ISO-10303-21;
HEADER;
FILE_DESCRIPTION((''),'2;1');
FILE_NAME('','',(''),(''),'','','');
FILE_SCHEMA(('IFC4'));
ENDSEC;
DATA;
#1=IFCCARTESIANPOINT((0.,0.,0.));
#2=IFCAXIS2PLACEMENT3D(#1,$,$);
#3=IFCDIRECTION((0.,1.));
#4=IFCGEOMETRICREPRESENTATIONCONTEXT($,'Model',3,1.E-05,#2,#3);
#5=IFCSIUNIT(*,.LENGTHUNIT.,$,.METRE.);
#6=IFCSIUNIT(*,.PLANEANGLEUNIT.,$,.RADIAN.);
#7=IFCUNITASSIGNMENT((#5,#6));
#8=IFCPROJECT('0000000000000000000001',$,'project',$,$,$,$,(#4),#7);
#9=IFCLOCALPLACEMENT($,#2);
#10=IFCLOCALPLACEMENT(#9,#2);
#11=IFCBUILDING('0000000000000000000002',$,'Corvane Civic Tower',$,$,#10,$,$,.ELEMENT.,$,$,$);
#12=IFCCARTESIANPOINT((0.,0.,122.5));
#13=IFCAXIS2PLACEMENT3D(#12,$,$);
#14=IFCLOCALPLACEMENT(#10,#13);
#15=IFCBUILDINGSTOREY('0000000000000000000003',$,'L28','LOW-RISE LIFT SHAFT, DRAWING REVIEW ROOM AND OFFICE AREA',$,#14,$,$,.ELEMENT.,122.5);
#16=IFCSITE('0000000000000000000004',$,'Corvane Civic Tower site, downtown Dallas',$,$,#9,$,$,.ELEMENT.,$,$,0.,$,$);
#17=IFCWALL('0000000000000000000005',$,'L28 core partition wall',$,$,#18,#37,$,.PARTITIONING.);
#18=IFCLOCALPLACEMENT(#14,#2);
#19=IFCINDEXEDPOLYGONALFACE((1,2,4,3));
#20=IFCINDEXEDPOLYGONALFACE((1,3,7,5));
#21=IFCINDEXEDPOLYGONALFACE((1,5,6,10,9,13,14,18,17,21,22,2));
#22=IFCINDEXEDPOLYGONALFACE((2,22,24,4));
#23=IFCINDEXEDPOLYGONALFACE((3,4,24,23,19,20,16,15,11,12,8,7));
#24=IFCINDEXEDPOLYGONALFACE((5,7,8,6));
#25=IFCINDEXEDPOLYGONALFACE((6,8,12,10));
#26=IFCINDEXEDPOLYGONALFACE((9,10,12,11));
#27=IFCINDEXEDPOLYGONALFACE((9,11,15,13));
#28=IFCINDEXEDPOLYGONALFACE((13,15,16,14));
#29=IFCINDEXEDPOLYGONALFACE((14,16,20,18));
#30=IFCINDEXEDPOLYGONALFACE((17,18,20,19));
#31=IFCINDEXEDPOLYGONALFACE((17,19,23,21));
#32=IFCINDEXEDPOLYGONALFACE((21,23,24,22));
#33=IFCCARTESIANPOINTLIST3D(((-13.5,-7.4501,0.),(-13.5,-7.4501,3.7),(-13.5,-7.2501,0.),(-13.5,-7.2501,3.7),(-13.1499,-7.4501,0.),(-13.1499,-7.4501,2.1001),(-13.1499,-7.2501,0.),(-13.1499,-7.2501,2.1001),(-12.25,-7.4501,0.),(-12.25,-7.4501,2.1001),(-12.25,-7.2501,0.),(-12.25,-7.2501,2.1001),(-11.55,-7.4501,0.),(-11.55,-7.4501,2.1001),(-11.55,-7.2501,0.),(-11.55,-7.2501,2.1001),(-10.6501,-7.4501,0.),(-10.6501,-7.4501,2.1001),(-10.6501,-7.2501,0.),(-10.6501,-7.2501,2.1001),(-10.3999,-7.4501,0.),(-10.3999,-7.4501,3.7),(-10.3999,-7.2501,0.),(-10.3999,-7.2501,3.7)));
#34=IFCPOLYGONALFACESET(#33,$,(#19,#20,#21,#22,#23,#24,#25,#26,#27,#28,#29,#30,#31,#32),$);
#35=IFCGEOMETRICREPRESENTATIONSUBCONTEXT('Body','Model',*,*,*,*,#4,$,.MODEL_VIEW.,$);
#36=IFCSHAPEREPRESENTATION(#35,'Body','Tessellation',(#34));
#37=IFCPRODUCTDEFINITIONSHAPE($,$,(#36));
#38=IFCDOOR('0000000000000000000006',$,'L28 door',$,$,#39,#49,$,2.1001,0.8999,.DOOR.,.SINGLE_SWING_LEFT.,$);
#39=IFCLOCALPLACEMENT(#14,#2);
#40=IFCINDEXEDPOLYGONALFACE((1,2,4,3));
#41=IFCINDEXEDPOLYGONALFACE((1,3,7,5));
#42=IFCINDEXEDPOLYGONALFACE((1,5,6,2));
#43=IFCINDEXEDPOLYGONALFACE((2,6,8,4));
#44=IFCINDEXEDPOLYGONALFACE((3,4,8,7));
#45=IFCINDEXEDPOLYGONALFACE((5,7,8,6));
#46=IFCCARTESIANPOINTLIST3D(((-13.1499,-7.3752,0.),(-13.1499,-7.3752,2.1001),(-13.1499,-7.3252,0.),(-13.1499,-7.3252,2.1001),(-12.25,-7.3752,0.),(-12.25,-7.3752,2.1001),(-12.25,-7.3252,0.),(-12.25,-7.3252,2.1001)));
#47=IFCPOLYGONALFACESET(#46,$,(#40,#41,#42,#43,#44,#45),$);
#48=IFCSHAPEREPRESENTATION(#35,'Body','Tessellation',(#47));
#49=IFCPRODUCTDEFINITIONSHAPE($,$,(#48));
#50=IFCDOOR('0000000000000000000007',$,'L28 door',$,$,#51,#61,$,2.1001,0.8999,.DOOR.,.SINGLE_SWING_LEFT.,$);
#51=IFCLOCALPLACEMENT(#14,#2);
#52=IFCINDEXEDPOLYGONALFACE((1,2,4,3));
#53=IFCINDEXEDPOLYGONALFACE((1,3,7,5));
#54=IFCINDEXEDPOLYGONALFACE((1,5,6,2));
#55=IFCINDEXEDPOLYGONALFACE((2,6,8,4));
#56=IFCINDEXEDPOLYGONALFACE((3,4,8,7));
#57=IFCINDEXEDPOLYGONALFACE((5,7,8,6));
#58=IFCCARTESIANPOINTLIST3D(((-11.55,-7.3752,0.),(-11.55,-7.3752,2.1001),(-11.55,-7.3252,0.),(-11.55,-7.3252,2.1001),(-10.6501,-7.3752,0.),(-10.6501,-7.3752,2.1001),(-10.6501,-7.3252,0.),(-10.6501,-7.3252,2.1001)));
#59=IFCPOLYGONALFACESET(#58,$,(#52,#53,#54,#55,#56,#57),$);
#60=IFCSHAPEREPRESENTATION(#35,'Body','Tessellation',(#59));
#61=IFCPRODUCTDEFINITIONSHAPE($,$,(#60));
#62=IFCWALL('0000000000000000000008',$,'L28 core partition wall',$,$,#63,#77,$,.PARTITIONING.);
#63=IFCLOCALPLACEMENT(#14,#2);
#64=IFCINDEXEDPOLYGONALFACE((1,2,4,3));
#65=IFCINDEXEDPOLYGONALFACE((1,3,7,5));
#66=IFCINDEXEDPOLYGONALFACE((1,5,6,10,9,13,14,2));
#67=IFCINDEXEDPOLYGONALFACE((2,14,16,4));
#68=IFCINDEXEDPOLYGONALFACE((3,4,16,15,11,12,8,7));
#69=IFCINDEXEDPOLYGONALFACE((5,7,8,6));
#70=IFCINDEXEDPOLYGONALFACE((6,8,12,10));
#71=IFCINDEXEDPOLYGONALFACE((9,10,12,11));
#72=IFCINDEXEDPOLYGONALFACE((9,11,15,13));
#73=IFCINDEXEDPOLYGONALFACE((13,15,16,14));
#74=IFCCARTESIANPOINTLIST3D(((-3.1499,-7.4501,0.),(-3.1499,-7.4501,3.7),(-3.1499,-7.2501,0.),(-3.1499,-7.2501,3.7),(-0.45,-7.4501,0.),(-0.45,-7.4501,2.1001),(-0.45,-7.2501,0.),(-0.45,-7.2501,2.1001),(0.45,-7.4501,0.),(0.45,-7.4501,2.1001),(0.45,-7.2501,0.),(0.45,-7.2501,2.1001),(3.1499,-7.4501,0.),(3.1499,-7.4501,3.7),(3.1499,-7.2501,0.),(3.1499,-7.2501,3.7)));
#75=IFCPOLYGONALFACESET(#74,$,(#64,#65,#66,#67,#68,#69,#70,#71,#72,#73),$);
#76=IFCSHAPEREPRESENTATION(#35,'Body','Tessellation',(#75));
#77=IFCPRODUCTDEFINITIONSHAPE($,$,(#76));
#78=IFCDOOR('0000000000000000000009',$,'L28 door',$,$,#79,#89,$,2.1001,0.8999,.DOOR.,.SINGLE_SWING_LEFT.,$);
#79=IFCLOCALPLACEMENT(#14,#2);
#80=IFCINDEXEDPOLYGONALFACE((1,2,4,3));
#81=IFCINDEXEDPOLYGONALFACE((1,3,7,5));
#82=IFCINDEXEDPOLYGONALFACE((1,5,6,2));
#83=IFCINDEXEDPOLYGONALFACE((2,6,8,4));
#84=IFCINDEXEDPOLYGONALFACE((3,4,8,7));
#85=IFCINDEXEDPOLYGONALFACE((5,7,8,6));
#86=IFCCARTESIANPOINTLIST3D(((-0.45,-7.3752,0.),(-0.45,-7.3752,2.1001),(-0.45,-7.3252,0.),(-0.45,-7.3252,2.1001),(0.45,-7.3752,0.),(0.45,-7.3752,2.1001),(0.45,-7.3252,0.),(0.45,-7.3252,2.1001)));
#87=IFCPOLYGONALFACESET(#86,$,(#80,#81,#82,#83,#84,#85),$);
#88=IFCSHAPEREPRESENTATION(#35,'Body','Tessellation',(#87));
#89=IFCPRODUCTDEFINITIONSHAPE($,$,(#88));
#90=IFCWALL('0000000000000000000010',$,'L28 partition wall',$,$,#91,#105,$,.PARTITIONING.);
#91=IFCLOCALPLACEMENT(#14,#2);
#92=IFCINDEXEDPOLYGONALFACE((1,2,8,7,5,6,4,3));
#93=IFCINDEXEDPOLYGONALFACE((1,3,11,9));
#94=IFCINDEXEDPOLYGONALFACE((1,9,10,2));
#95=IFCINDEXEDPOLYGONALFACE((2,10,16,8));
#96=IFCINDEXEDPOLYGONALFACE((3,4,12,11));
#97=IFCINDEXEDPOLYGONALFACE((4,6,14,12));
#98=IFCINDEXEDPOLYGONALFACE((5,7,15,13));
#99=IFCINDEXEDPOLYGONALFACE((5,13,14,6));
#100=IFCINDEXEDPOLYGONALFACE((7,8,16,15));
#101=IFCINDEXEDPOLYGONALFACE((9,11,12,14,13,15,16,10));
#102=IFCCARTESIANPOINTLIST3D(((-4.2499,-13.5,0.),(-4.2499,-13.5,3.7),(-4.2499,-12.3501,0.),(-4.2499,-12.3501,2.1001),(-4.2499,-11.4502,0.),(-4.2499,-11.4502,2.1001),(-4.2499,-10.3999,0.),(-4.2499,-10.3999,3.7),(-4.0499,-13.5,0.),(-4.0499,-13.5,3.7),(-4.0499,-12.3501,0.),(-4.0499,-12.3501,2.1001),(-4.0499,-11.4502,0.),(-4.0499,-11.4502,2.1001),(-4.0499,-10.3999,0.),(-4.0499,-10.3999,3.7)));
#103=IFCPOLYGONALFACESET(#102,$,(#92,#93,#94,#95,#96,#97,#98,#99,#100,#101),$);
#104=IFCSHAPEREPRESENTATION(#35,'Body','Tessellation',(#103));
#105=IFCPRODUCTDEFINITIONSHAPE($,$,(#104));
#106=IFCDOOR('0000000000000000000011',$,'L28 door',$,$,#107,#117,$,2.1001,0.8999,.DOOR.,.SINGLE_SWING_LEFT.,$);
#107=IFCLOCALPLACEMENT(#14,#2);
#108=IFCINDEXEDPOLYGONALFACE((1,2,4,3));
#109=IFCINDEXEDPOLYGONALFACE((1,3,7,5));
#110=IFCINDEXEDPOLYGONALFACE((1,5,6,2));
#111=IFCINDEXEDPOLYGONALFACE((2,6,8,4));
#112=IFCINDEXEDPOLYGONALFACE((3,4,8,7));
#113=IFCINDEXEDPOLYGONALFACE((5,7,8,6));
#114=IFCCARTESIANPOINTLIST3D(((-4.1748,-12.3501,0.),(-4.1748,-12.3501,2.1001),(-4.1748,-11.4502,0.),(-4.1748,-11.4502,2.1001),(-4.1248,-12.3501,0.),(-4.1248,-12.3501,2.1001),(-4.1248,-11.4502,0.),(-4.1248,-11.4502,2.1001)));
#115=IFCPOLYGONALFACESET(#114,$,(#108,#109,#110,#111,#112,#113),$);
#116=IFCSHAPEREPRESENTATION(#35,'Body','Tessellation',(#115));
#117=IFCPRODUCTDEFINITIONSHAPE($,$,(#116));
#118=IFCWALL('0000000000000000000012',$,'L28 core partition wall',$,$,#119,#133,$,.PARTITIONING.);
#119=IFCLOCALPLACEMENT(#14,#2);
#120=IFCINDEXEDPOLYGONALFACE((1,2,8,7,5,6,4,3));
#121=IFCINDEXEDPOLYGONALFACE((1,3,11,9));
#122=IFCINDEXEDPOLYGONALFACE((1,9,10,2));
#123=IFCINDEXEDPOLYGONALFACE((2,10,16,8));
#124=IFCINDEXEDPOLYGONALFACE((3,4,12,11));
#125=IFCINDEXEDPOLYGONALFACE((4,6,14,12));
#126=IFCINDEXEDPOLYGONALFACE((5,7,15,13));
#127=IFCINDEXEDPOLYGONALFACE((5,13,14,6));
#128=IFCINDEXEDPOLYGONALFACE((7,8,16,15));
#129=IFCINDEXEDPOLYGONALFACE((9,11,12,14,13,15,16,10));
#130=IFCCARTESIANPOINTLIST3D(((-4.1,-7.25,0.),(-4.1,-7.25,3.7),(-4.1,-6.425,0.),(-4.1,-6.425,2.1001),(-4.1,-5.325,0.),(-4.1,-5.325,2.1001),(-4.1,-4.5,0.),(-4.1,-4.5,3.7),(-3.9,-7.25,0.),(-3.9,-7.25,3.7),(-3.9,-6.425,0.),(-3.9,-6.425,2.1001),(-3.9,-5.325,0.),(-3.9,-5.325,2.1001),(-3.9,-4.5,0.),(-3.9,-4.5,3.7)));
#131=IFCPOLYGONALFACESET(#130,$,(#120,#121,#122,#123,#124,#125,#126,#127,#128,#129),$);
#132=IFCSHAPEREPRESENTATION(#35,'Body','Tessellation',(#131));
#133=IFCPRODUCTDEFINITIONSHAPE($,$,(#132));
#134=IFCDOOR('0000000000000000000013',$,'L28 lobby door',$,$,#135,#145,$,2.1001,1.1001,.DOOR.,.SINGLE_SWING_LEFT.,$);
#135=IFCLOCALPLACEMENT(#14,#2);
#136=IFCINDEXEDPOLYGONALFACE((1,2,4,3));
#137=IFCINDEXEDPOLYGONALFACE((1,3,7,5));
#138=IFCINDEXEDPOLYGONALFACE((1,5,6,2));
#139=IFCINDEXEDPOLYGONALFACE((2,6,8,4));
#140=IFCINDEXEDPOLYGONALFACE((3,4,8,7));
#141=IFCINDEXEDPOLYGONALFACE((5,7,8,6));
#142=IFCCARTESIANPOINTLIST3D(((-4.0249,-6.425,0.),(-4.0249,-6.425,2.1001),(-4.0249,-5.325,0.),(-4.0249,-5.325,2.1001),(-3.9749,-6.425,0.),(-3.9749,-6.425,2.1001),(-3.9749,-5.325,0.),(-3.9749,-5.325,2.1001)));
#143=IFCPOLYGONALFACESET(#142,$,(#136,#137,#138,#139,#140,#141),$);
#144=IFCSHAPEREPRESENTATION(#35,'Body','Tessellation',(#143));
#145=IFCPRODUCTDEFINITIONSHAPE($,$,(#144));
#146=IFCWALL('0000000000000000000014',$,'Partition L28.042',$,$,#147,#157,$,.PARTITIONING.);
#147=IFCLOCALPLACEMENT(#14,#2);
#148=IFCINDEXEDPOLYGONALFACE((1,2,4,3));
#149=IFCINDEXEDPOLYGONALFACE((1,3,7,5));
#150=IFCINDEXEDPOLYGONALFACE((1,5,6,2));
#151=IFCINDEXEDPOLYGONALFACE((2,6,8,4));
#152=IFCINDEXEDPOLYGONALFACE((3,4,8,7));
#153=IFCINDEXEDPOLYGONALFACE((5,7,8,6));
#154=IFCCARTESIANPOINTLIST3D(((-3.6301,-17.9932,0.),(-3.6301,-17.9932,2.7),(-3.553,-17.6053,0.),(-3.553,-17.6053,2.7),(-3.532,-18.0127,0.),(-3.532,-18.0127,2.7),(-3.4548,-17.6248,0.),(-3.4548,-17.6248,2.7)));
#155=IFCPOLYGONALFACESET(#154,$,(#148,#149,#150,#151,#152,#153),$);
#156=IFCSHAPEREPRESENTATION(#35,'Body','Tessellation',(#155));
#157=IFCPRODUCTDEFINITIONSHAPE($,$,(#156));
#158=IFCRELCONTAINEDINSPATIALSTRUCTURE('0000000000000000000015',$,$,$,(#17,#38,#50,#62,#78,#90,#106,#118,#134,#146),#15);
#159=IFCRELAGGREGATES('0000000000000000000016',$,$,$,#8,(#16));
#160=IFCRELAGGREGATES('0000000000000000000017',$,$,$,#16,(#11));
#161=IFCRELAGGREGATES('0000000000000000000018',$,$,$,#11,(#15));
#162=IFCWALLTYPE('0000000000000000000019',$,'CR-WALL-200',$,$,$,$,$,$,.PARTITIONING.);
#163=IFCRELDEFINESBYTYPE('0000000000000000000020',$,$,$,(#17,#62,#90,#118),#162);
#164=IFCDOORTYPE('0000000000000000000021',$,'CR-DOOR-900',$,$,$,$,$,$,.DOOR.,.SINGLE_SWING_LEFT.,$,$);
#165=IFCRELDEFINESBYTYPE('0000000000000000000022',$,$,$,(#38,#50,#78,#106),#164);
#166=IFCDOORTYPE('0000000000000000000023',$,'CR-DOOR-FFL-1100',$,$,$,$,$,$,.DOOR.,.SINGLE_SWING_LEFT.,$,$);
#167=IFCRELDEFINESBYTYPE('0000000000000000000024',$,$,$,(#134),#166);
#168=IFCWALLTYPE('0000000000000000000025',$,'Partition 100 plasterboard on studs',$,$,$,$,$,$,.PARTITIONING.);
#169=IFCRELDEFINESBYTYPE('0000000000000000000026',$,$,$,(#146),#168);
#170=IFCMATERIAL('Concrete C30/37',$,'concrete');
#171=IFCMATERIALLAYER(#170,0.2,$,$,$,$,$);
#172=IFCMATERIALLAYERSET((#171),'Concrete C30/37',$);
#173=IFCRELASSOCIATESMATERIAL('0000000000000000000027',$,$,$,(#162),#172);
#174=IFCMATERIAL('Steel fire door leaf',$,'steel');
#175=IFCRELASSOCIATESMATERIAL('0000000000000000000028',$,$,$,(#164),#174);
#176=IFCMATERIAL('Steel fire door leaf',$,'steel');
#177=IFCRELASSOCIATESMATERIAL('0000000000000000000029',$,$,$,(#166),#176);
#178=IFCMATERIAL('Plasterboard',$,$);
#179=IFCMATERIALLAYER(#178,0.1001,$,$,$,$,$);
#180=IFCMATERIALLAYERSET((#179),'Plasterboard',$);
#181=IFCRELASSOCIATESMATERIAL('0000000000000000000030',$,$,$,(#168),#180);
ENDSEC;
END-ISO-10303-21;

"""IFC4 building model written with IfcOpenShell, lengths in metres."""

from ifc_helpers import new_model, si_unit, direction, frame, frame_2d, origin, place, context, subcontext, project, spatial, rectangle, extrude, material, layer, layer_set, type_object, element, fill, save


model = new_model("IFC4")

# Units and contexts
model_context = context("Model", 3, precision=1e-05, world=origin(), true_north=direction((0.0, 1.0)))
body_context = subcontext(model_context, "Body", "Model", "MODEL_VIEW")
ifc_project = project(units=[si_unit("LENGTHUNIT", "METRE"), si_unit("PLANEANGLEUNIT", "RADIAN")], contexts=[model_context])

# Site, building, storey
site_placement = place(None, origin())
site = spatial("IfcSite", under=ifc_project, at=site_placement, Name="Corvane Civic Tower site, downtown Dallas", CompositionType="ELEMENT", RefElevation=0.0)
building_placement = place(site_placement, origin())
building = spatial("IfcBuilding", under=site, at=building_placement, Name="Corvane Civic Tower", CompositionType="ELEMENT")
storey_placement = place(building_placement, frame((0.0, 0.0, 122.5)))
storey = spatial("IfcBuildingStorey", under=building, at=storey_placement, Name="L28", Description="LOW-RISE LIFT SHAFT, DRAWING REVIEW ROOM AND OFFICE AREA", CompositionType="ELEMENT", Elevation=122.5)

# Shared definitions
ifc_material_1 = material(Name="Concrete C30/37", Category="concrete")
ifc_layer_1 = layer(ifc_material_1, 0.2)
ifc_layer_set_1 = layer_set([ifc_layer_1], Name="Concrete C30/37")
wall_type_1 = type_object("IfcWallType", Name="CR-WALL-200", PredefinedType="PARTITIONING", material=ifc_layer_set_1)
ifc_material_2 = material(Name="Steel fire door leaf", Category="steel")
door_type_1 = type_object("IfcDoorType", Name="CR-DOOR-900", OperationType="SINGLE_SWING_LEFT", PredefinedType="DOOR", material=ifc_material_2)

# Wall, openings, doors
wall_1_placement = place(storey_placement, frame((-13.5, -7.3501, 0.0), z_axis=(0.0, 0.0, 1.0), x_axis=(1.0, 0.0, 0.0)))
wall_1 = element("IfcWall", 1, at=wall_1_placement, inside=storey, type_object=wall_type_1, Name="L28 core partition wall", PredefinedType="PARTITIONING", context=body_context, shape_type="SweptSolid", body=[
    extrude(rectangle(XDim=3.1001, YDim=0.2, at=frame_2d((1.55, 0.0))), origin(), (0.0, 0.0, 1.0), 3.7),
])
opening_1_placement = place(wall_1_placement, frame((0.3501, 0.0, 0.0)))
opening_1 = element("IfcOpeningElement", 2, at=opening_1_placement, cuts=wall_1, PredefinedType="OPENING", context=body_context, shape_type="SweptSolid", body=[
    extrude(rectangle(XDim=0.8999, YDim=2.1001, at=frame_2d((0.45, 1.05))), frame((0.0, 0.1099, 0.0), z_axis=(0.0, -1.0, 0.0), x_axis=(1.0, 0.0, 0.0)), (0.0, 0.0, 1.0), 0.22),
])
opening_2_placement = place(wall_1_placement, frame((1.95, 0.0, 0.0)))
opening_2 = element("IfcOpeningElement", 3, at=opening_2_placement, cuts=wall_1, PredefinedType="OPENING", context=body_context, shape_type="SweptSolid", body=[
    extrude(rectangle(XDim=0.8999, YDim=2.1001, at=frame_2d((0.45, 1.05))), frame((0.0, 0.1099, 0.0), z_axis=(0.0, -1.0, 0.0), x_axis=(1.0, 0.0, 0.0)), (0.0, 0.0, 1.0), 0.22),
])
door_1_placement = place(opening_1_placement, origin())
door_1 = element("IfcDoor", 4, at=door_1_placement, inside=storey, type_object=door_type_1, Name="L28 door", OperationType="SINGLE_SWING_LEFT", OverallHeight=2.1001, OverallWidth=0.8999, PredefinedType="DOOR", context=body_context, shape_type="SweptSolid", body=[
    extrude(rectangle(XDim=0.8999, YDim=2.1001, at=frame_2d((0.45, 1.05))), frame((0.0, 0.0249, 0.0), z_axis=(0.0, -1.0, 0.0), x_axis=(1.0, 0.0, 0.0)), (0.0, 0.0, 1.0), 0.05),
])
fill(opening_1, door_1)
door_2_placement = place(opening_2_placement, origin())
door_2 = element("IfcDoor", 5, at=door_2_placement, inside=storey, type_object=door_type_1, Name="L28 door", OperationType="SINGLE_SWING_LEFT", OverallHeight=2.1001, OverallWidth=0.8999, PredefinedType="DOOR", context=body_context, shape_type="SweptSolid", body=[
    extrude(rectangle(XDim=0.8999, YDim=2.1001, at=frame_2d((0.45, 1.05))), frame((0.0, 0.0249, 0.0), z_axis=(0.0, -1.0, 0.0), x_axis=(1.0, 0.0, 0.0)), (0.0, 0.0, 1.0), 0.05),
])
fill(opening_2, door_2)

# Walls, openings, doors
wall_2_placement = place(storey_placement, frame((-3.1499, -7.3501, 0.0), z_axis=(0.0, 0.0, 1.0), x_axis=(1.0, 0.0, 0.0)))
wall_2 = element("IfcWall", 6, at=wall_2_placement, inside=storey, type_object=wall_type_1, Name="L28 core partition wall", PredefinedType="PARTITIONING", context=body_context, shape_type="SweptSolid", body=[
    extrude(rectangle(XDim=6.2998, YDim=0.2, at=frame_2d((3.1499, 0.0))), origin(), (0.0, 0.0, 1.0), 3.7),
])
opening_3_placement = place(wall_2_placement, frame((2.7, 0.0, 0.0)))
opening_3 = element("IfcOpeningElement", 7, at=opening_3_placement, cuts=wall_2, PredefinedType="OPENING", context=body_context, shape_type="SweptSolid", body=[
    extrude(rectangle(XDim=0.8999, YDim=2.1001, at=frame_2d((0.45, 1.05))), frame((0.0, 0.1099, 0.0), z_axis=(0.0, -1.0, 0.0), x_axis=(1.0, 0.0, 0.0)), (0.0, 0.0, 1.0), 0.22),
])
door_3_placement = place(opening_3_placement, origin())
door_3 = element("IfcDoor", 8, at=door_3_placement, inside=storey, type_object=door_type_1, Name="L28 door", OperationType="SINGLE_SWING_LEFT", OverallHeight=2.1001, OverallWidth=0.8999, PredefinedType="DOOR", context=body_context, shape_type="SweptSolid", body=[
    extrude(rectangle(XDim=0.8999, YDim=2.1001, at=frame_2d((0.45, 1.05))), frame((0.0, 0.0249, 0.0), z_axis=(0.0, -1.0, 0.0), x_axis=(1.0, 0.0, 0.0)), (0.0, 0.0, 1.0), 0.05),
])
fill(opening_3, door_3)
wall_3_placement = place(storey_placement, frame((-4.1499, -13.5, 0.0), z_axis=(0.0, 0.0, 1.0), x_axis=(0.0, 1.0, 0.0)))
wall_3 = element("IfcWall", 9, at=wall_3_placement, inside=storey, type_object=wall_type_1, Name="L28 partition wall", PredefinedType="PARTITIONING", context=body_context, shape_type="SweptSolid", body=[
    extrude(rectangle(XDim=3.1001, YDim=0.2, at=frame_2d((1.55, 0.0))), origin(), (0.0, 0.0, 1.0), 3.7),
])
opening_4_placement = place(wall_3_placement, frame((1.1499, 0.0, 0.0)))
opening_4 = element("IfcOpeningElement", 10, at=opening_4_placement, cuts=wall_3, PredefinedType="OPENING", context=body_context, shape_type="SweptSolid", body=[
    extrude(rectangle(XDim=0.8999, YDim=2.1001, at=frame_2d((0.45, 1.05))), frame((0.0, 0.1099, 0.0), z_axis=(0.0, -1.0, 0.0), x_axis=(1.0, 0.0, 0.0)), (0.0, 0.0, 1.0), 0.22),
])
door_4_placement = place(opening_4_placement, origin())
door_4 = element("IfcDoor", 11, at=door_4_placement, inside=storey, type_object=door_type_1, Name="L28 door", OperationType="SINGLE_SWING_LEFT", OverallHeight=2.1001, OverallWidth=0.8999, PredefinedType="DOOR", context=body_context, shape_type="SweptSolid", body=[
    extrude(rectangle(XDim=0.8999, YDim=2.1001, at=frame_2d((0.45, 1.05))), frame((0.0, 0.0249, 0.0), z_axis=(0.0, -1.0, 0.0), x_axis=(1.0, 0.0, 0.0)), (0.0, 0.0, 1.0), 0.05),
])
fill(opening_4, door_4)
wall_4_placement = place(storey_placement, frame((-4.0, -7.25, 0.0), z_axis=(0.0, 0.0, 1.0), x_axis=(0.0, 1.0, 0.0)))
wall_4 = element("IfcWall", 12, at=wall_4_placement, inside=storey, type_object=wall_type_1, Name="L28 core partition wall", PredefinedType="PARTITIONING", context=body_context, shape_type="SweptSolid", body=[
    extrude(rectangle(XDim=2.75, YDim=0.2, at=frame_2d((1.375, 0.0))), origin(), (0.0, 0.0, 1.0), 3.7),
])
opening_5_placement = place(wall_4_placement, frame((0.825, 0.0, 0.0)))
opening_5 = element("IfcOpeningElement", 13, at=opening_5_placement, cuts=wall_4, PredefinedType="OPENING", context=body_context, shape_type="SweptSolid", body=[
    extrude(rectangle(XDim=1.1001, YDim=2.1001, at=frame_2d((0.55, 1.05))), frame((0.0, 0.1099, 0.0), z_axis=(0.0, -1.0, 0.0), x_axis=(1.0, 0.0, 0.0)), (0.0, 0.0, 1.0), 0.22),
])
ifc_material_3 = material(Name="Steel fire door leaf", Category="steel")
door_type_2 = type_object("IfcDoorType", Name="CR-DOOR-FFL-1100", OperationType="SINGLE_SWING_LEFT", PredefinedType="DOOR", material=ifc_material_3)
door_5_placement = place(opening_5_placement, origin())
door_5 = element("IfcDoor", 14, at=door_5_placement, inside=storey, type_object=door_type_2, Name="L28 lobby door", OperationType="SINGLE_SWING_LEFT", OverallHeight=2.1001, OverallWidth=1.1001, PredefinedType="DOOR", context=body_context, shape_type="SweptSolid", body=[
    extrude(rectangle(XDim=1.1001, YDim=2.1001, at=frame_2d((0.55, 1.05))), frame((0.0, 0.0249, 0.0), z_axis=(0.0, -1.0, 0.0), x_axis=(1.0, 0.0, 0.0)), (0.0, 0.0, 1.0), 0.05),
])
fill(opening_5, door_5)

# Wall
ifc_material_4 = material(Name="Plasterboard")
ifc_layer_2 = layer(ifc_material_4, 0.1001)
ifc_layer_set_2 = layer_set([ifc_layer_2], Name="Plasterboard")
wall_type_2 = type_object("IfcWallType", Name="Partition 100 plasterboard on studs", PredefinedType="PARTITIONING", material=ifc_layer_set_2)
wall_5_placement = place(storey_placement, frame((-3.5811, -18.0029, 0.0), z_axis=(0.0, 0.0, 1.0), x_axis=(0.195048, 0.980794, 0.0)))
element("IfcWall", 15, at=wall_5_placement, inside=storey, type_object=wall_type_2, Name="Partition L28.042", PredefinedType="PARTITIONING", context=body_context, shape_type="SweptSolid", body=[
    extrude(rectangle(XDim=0.3955, YDim=0.1001, at=frame_2d((0.1978, 0.0))), origin(), (0.0, 0.0, 1.0), 2.7),
])

save(model, "model.ifc")
